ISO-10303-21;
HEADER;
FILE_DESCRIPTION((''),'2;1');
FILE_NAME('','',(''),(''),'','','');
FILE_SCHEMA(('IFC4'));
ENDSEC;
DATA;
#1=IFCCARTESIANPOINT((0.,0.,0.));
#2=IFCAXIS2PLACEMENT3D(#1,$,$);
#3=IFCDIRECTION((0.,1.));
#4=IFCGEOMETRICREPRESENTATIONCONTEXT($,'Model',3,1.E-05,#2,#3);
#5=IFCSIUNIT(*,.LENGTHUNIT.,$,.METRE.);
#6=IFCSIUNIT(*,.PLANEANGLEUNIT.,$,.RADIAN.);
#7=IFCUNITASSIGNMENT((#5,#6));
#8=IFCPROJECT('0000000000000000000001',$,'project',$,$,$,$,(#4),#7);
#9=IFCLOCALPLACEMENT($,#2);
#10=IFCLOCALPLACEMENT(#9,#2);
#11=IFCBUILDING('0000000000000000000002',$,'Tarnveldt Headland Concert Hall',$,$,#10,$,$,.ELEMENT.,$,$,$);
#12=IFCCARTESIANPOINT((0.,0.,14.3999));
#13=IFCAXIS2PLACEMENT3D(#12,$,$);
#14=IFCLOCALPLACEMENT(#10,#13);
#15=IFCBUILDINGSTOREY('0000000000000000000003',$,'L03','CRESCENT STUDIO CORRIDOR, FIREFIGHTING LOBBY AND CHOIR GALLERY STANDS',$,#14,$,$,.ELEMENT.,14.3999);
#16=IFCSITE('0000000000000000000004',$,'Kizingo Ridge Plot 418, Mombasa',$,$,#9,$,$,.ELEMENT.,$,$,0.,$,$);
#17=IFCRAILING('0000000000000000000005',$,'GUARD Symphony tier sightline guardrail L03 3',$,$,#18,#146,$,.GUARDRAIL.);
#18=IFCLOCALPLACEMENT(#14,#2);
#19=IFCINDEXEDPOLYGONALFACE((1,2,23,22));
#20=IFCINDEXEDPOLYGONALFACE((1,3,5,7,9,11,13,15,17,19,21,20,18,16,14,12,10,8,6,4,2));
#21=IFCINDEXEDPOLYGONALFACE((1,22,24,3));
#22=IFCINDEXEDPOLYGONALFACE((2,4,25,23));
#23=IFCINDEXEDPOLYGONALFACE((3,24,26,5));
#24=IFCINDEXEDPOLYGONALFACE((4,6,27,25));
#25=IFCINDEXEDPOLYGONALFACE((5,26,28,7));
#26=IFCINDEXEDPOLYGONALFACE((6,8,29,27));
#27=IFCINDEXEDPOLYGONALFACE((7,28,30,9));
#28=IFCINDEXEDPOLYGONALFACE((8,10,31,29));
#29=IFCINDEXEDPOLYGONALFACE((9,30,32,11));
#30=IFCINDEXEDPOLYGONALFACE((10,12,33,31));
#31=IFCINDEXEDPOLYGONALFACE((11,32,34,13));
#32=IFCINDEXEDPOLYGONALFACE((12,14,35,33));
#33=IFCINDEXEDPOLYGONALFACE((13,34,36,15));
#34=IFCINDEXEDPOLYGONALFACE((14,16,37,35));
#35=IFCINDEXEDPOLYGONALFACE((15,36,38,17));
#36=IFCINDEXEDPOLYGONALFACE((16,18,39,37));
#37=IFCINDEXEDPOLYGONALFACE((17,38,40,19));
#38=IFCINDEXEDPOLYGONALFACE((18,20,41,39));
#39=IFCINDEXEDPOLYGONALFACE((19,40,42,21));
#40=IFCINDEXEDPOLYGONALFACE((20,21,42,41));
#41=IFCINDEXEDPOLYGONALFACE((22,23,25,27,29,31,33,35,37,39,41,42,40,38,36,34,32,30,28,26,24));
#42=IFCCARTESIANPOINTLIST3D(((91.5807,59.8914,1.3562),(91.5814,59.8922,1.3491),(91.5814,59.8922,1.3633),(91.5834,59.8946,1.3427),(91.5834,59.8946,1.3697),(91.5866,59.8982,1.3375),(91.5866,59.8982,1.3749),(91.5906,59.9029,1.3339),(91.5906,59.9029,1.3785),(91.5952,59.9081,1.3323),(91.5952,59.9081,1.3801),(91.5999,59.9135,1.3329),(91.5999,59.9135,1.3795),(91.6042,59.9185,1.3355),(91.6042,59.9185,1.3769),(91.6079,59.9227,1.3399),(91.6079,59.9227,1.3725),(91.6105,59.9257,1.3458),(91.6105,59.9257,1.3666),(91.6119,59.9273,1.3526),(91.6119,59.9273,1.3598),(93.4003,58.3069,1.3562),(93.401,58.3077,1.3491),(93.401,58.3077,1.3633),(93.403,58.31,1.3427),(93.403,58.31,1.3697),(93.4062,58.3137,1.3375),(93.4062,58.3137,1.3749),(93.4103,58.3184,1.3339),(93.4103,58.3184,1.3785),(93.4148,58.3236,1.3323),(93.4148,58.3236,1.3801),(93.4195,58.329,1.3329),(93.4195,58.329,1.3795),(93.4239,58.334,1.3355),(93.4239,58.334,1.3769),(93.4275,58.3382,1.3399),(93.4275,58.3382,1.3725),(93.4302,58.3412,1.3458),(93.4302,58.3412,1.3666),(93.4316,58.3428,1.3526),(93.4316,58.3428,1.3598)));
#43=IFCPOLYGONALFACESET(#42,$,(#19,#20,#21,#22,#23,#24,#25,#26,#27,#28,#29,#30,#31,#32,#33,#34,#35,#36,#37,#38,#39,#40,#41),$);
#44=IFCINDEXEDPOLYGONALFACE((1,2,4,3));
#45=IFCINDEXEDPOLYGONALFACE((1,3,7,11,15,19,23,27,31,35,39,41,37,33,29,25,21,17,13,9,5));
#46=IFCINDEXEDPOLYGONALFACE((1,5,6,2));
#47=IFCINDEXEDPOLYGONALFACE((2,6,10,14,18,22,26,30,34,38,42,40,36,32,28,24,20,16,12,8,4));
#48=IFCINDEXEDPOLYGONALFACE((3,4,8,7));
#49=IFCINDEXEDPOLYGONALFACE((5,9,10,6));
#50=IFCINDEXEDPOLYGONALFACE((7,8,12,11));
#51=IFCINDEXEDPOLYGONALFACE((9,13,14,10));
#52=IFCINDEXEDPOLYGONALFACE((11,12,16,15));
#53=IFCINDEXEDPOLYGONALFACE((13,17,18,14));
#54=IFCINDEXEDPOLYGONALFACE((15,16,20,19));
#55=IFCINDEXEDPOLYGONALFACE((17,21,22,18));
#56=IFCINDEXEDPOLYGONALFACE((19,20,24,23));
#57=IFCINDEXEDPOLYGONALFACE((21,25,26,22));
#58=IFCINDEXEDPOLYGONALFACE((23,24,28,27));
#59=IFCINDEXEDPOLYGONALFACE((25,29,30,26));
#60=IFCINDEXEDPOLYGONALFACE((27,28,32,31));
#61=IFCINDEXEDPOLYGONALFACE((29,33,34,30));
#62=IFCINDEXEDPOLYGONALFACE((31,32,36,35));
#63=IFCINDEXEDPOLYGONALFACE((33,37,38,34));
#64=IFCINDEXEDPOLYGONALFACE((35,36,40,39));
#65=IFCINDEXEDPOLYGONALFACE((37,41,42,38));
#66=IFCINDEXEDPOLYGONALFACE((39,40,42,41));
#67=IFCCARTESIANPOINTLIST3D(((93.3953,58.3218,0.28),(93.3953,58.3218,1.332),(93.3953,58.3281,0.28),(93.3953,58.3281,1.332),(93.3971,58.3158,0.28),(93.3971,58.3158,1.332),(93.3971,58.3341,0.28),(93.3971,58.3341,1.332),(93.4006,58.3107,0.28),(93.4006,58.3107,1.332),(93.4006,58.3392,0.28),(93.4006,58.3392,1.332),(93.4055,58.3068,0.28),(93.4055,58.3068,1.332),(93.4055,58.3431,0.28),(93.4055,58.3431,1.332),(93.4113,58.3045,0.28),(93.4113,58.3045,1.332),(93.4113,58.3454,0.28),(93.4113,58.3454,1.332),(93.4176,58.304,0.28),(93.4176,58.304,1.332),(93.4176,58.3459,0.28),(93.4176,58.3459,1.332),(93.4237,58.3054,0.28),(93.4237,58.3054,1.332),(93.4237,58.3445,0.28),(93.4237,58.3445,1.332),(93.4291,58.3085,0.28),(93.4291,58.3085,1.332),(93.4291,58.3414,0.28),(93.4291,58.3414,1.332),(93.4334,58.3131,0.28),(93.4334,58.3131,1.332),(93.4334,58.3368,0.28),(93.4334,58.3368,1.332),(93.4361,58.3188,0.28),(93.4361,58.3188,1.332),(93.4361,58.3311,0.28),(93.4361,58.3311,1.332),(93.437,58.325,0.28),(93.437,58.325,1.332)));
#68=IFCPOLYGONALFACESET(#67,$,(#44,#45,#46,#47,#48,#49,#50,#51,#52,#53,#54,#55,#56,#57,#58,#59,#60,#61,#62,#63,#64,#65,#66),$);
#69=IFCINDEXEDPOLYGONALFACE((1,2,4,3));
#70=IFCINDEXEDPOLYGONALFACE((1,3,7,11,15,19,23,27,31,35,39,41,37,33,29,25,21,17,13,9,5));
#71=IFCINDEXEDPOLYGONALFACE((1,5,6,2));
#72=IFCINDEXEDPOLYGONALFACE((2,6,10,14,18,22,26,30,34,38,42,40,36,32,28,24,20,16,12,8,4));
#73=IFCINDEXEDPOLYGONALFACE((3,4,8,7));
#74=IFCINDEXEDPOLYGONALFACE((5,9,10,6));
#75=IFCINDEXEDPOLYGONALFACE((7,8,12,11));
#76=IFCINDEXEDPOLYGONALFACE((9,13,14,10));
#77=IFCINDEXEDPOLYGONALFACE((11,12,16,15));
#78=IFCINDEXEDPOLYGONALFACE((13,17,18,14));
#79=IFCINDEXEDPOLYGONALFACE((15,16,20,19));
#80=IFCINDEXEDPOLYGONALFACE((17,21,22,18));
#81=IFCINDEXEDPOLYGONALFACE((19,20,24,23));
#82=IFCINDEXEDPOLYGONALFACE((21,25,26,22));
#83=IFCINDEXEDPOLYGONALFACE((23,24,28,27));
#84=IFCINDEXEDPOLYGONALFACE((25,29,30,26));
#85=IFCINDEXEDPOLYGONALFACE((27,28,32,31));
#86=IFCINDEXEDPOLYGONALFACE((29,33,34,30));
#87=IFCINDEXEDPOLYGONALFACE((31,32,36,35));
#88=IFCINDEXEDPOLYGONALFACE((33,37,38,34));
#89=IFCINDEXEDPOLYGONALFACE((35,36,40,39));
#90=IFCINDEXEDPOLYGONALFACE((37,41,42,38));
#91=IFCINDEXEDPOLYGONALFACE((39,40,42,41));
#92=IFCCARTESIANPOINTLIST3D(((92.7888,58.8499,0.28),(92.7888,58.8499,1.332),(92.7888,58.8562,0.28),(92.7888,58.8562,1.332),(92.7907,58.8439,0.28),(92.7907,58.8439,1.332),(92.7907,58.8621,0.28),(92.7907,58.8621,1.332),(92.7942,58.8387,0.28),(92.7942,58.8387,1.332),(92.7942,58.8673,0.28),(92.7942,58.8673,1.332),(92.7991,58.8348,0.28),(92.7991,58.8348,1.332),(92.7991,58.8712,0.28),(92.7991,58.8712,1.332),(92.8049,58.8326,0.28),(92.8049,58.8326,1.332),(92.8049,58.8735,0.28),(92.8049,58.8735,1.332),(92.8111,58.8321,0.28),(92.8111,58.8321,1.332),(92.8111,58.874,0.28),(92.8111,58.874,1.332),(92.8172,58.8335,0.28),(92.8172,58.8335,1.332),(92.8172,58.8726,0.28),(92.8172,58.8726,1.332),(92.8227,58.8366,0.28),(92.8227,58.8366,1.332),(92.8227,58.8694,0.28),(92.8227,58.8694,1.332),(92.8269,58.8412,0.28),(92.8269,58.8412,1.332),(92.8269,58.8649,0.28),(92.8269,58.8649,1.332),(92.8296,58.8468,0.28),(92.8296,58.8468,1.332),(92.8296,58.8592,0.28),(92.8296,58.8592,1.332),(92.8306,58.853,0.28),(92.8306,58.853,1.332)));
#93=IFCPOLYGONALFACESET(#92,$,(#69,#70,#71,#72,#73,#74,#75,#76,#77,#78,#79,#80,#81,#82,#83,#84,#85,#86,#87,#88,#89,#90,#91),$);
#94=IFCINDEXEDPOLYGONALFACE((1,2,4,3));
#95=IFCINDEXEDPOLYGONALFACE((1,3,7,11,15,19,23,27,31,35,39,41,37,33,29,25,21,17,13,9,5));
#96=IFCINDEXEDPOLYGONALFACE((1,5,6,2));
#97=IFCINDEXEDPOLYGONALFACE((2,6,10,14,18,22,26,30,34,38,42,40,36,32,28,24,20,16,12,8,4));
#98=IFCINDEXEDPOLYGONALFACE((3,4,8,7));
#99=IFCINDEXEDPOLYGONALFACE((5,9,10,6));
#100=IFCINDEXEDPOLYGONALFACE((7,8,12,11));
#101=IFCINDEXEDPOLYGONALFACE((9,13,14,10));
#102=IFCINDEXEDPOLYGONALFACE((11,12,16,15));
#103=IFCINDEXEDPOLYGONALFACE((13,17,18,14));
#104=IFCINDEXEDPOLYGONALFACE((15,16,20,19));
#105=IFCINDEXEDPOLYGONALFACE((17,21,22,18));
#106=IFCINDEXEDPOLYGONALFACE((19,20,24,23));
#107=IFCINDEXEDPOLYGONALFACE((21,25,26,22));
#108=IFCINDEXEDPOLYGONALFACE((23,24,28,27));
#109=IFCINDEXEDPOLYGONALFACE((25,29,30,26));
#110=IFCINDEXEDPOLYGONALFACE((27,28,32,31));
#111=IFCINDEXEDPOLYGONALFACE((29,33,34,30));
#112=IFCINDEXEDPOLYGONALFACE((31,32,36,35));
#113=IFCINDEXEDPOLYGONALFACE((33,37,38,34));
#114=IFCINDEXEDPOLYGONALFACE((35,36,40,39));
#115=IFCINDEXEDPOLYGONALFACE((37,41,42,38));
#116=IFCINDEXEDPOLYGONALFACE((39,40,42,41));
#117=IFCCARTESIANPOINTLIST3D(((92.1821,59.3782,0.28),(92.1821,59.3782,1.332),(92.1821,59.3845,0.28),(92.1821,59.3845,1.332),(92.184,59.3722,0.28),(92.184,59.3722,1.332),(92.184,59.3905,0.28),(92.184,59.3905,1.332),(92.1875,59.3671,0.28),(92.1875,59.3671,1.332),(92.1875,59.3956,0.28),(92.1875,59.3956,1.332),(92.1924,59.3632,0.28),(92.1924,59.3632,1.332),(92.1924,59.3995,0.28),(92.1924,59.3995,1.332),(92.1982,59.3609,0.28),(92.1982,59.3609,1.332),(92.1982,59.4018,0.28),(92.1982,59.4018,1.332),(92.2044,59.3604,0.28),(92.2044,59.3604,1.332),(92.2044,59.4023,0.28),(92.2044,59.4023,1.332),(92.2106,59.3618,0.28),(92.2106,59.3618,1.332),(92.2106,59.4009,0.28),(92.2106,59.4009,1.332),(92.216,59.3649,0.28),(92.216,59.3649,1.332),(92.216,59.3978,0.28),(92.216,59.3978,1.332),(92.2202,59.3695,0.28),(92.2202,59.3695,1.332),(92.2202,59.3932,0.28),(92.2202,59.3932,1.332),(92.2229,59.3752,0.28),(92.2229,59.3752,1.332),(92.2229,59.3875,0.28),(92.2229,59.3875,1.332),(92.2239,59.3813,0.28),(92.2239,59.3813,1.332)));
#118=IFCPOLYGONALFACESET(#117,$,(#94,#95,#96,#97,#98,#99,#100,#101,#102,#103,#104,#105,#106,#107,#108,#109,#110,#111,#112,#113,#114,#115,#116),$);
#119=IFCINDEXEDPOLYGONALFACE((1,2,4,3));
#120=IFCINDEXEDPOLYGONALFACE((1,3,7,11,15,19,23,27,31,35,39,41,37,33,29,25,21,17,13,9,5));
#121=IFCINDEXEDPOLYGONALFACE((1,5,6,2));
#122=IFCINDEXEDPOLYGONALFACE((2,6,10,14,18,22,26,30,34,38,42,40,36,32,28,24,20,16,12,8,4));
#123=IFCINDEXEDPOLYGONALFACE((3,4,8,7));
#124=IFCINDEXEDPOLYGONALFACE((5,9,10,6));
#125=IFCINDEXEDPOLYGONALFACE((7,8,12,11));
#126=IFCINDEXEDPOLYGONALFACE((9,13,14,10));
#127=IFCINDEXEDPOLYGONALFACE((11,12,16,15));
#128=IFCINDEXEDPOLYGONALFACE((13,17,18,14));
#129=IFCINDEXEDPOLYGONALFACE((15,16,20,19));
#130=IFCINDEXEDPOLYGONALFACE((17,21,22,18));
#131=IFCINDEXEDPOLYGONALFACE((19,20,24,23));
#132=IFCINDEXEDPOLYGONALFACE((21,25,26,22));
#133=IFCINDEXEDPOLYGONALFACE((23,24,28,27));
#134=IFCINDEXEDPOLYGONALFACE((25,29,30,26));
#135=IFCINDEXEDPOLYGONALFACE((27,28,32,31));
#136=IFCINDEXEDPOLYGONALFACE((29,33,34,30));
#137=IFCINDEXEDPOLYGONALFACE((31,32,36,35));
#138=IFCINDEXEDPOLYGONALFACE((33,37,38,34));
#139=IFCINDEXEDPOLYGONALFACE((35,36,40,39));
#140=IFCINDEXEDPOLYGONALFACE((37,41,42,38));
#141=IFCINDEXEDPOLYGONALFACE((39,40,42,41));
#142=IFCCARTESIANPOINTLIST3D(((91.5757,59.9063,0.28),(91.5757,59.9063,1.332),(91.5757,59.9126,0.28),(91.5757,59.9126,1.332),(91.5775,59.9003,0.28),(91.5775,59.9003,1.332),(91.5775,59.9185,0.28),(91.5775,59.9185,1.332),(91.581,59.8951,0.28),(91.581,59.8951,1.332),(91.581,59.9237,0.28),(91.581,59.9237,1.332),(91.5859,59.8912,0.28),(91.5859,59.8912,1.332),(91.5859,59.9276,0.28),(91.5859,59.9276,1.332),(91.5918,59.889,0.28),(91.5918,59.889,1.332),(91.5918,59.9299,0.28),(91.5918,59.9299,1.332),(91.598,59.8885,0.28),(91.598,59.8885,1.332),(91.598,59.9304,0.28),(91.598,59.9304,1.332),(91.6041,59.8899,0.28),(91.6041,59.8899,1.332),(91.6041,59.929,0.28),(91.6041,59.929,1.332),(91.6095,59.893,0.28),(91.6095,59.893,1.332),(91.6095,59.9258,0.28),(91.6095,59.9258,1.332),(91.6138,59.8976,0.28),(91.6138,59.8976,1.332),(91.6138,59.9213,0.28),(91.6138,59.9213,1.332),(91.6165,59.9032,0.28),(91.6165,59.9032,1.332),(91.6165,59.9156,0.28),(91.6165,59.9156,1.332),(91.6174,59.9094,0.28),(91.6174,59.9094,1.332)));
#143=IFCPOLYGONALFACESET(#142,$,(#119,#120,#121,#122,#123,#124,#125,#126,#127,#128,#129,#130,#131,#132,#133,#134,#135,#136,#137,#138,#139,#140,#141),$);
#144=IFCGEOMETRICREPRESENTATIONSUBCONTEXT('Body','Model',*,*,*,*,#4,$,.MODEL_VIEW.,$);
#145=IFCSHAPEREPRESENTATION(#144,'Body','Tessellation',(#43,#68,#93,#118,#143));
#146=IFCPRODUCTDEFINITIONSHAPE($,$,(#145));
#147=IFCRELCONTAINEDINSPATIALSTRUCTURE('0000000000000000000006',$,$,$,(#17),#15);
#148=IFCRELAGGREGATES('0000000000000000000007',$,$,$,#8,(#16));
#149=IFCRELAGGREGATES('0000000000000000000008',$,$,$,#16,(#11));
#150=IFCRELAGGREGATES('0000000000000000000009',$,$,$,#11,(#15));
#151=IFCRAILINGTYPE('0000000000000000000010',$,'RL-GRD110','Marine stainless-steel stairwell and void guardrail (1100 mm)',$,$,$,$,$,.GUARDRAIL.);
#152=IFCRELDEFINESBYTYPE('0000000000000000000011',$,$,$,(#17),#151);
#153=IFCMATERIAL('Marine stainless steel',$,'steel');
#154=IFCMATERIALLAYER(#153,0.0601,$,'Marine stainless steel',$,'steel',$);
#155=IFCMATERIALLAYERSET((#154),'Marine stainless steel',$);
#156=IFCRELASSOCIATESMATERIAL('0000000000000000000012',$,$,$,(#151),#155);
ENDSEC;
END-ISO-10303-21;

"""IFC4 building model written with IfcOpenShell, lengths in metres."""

from ifc_helpers import new_model, si_unit, direction, frame, origin, origin_2d, place, context, subcontext, project, spatial, circle, extrude, material, layer, layer_set, type_object, element, save


model = new_model("IFC4")

# Units and contexts
model_context = context("Model", 3, precision=1e-05, world=origin(), true_north=direction((0.0, 1.0)))
body_context = subcontext(model_context, "Body", "Model", "MODEL_VIEW")
ifc_project = project(units=[si_unit("LENGTHUNIT", "METRE"), si_unit("PLANEANGLEUNIT", "RADIAN")], contexts=[model_context])

# Site, building, storey
site_placement = place(None, origin())
site = spatial("IfcSite", under=ifc_project, at=site_placement, Name="Kizingo Ridge Plot 418, Mombasa", CompositionType="ELEMENT", RefElevation=0.0)
building_placement = place(site_placement, origin())
building = spatial("IfcBuilding", under=site, at=building_placement, Name="Tarnveldt Headland Concert Hall", CompositionType="ELEMENT")
storey_placement = place(building_placement, frame((0.0, 0.0, 14.3999)))
storey = spatial("IfcBuildingStorey", under=building, at=storey_placement, Name="L03", Description="CRESCENT STUDIO CORRIDOR, FIREFIGHTING LOBBY AND CHOIR GALLERY STANDS", CompositionType="ELEMENT", Elevation=14.3999)

# Railing
ifc_material_1 = material(Name="Marine stainless steel", Category="steel")
ifc_layer_1 = layer(ifc_material_1, 0.0601, Name="Marine stainless steel", Category="steel")
ifc_layer_set_1 = layer_set([ifc_layer_1], Name="Marine stainless steel")
railing_type = type_object("IfcRailingType", Name="RL-GRD110", Description="Marine stainless-steel stairwell and void guardrail (1100 mm)", PredefinedType="GUARDRAIL", material=ifc_layer_set_1)
railing_1_placement = place(storey_placement, frame((93.416, 58.325, 0.28)))
element("IfcRailing", 1, at=railing_1_placement, inside=storey, type_object=railing_type, Name="GUARD Symphony tier sightline guardrail L03 3", PredefinedType="GUARDRAIL", context=body_context, shape_type="SweptSolid", body=[
    extrude(circle(Radius=0.0239, at=origin_2d()), frame((0.0, 0.0, 1.0762), z_axis=(-0.754148, 0.656705, 0.0), x_axis=(-0.656705, -0.754148, 0.0)), (0.0, 0.0, 1.0), 2.4128),
    extrude(circle(Radius=0.021, at=origin_2d()), origin(), (0.0, 0.0, 1.0), 1.052),
    extrude(circle(Radius=0.021, at=origin_2d()), frame((-0.6064, 0.5281, 0.0)), (0.0, 0.0, 1.0), 1.052),
    extrude(circle(Radius=0.021, at=origin_2d()), frame((-1.2131, 1.0564, 0.0)), (0.0, 0.0, 1.0), 1.052),
    extrude(circle(Radius=0.021, at=origin_2d()), frame((-1.8196, 1.5845, 0.0)), (0.0, 0.0, 1.0), 1.052),
])

save(model, "model.ifc")
